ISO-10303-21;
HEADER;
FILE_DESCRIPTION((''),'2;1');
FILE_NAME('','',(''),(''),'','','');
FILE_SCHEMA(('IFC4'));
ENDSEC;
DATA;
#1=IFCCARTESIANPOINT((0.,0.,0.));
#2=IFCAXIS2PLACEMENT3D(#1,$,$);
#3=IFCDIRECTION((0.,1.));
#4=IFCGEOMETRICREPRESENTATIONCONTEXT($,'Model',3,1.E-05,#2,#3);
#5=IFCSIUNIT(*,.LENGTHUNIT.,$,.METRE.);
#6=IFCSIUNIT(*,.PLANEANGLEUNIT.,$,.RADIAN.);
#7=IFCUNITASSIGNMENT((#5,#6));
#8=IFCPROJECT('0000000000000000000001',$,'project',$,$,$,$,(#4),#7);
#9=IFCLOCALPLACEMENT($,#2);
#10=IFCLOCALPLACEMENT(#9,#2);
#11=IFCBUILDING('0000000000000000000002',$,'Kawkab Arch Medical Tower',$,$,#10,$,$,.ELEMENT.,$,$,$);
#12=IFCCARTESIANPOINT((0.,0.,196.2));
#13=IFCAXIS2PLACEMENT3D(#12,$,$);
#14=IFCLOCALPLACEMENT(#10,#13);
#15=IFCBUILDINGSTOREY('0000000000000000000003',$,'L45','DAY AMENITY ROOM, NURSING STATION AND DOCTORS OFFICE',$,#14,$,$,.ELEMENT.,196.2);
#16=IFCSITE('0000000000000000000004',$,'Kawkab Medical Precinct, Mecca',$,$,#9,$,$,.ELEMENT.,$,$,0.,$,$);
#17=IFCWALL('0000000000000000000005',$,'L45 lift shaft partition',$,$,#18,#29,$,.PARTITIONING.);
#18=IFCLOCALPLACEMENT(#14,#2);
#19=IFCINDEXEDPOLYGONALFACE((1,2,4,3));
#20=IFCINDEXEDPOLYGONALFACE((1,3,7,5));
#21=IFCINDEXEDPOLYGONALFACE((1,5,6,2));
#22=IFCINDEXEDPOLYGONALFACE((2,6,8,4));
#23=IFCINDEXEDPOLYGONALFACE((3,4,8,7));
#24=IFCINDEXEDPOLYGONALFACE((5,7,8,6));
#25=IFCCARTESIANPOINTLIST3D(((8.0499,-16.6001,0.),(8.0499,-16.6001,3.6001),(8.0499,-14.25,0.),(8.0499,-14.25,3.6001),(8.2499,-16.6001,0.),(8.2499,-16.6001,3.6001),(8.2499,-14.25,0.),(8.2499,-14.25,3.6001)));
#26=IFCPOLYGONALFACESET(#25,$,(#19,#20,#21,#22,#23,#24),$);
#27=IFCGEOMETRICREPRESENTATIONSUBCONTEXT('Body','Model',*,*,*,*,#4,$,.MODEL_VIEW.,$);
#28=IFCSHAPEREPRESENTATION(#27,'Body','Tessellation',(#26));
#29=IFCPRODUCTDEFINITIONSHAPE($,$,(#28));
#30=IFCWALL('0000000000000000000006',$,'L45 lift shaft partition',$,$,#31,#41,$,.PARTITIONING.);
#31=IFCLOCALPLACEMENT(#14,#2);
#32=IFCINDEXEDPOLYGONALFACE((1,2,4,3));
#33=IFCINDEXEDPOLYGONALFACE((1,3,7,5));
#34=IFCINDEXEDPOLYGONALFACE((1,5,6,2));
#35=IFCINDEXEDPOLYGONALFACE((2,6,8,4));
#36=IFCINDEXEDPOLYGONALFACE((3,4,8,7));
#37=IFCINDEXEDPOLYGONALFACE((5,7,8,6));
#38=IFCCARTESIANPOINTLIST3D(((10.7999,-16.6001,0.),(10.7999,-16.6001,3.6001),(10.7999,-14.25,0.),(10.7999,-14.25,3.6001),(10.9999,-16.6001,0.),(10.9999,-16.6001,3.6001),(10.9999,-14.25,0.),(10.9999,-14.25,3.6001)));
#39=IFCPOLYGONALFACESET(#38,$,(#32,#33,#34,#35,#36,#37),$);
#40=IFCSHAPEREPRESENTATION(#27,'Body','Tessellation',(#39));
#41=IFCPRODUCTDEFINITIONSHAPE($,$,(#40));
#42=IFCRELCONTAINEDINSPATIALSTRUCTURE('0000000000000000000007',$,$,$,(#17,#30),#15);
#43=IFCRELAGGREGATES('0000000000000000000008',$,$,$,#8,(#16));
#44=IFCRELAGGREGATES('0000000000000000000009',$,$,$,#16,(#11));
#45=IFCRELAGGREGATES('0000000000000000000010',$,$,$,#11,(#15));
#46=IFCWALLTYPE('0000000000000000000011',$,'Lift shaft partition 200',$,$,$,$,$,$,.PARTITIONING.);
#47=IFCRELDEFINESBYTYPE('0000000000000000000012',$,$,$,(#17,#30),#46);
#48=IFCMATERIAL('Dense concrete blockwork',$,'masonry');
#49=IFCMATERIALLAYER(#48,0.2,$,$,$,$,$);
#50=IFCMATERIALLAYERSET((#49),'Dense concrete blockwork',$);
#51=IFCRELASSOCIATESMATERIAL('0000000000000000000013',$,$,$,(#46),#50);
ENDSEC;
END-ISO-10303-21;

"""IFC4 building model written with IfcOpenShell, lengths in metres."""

from ifc_helpers import new_model, si_unit, direction, frame, frame_2d, origin, place, context, subcontext, project, spatial, rectangle, extrude, material, layer, layer_set, type_object, element, save


model = new_model("IFC4")

# Units and contexts
model_context = context("Model", 3, precision=1e-05, world=origin(), true_north=direction((0.0, 1.0)))
body_context = subcontext(model_context, "Body", "Model", "MODEL_VIEW")
ifc_project = project(units=[si_unit("LENGTHUNIT", "METRE"), si_unit("PLANEANGLEUNIT", "RADIAN")], contexts=[model_context])

# Site, building, storey
site_placement = place(None, origin())
site = spatial("IfcSite", under=ifc_project, at=site_placement, Name="Kawkab Medical Precinct, Mecca", CompositionType="ELEMENT", RefElevation=0.0)
building_placement = place(site_placement, origin())
building = spatial("IfcBuilding", under=site, at=building_placement, Name="Kawkab Arch Medical Tower", CompositionType="ELEMENT")
storey_placement = place(building_placement, frame((0.0, 0.0, 196.2)))
storey = spatial("IfcBuildingStorey", under=building, at=storey_placement, Name="L45", Description="DAY AMENITY ROOM, NURSING STATION AND DOCTORS OFFICE", CompositionType="ELEMENT", Elevation=196.2)

# Walls
ifc_material_1 = material(Name="Dense concrete blockwork", Category="masonry")
ifc_layer_1 = layer(ifc_material_1, 0.2)
ifc_layer_set_1 = layer_set([ifc_layer_1], Name="Dense concrete blockwork")
wall_type_1 = type_object("IfcWallType", Name="Lift shaft partition 200", PredefinedType="PARTITIONING", material=ifc_layer_set_1)
for number, where, z_axis, x_axis, name in (
    (1, (8.1499, -16.6001, 0.0), (0.0, 0.0, 1.0), (0.0, 1.0, 0.0), "L45 lift shaft partition"),
    (2, (10.8999, -16.6001, 0.0), (0.0, 0.0, 1.0), (0.0, 1.0, 0.0), "L45 lift shaft partition"),
):
    element("IfcWall", number, at=place(storey_placement, frame(where, z_axis=z_axis, x_axis=x_axis)), inside=storey, type_object=wall_type_1, Name=name, PredefinedType="PARTITIONING", context=body_context, shape_type="SweptSolid", body=[
        extrude(rectangle(XDim=2.3501, YDim=0.2, at=frame_2d((1.175, 0.0))), origin(), (0.0, 0.0, 1.0), 3.6001),
    ])

save(model, "model.ifc")
